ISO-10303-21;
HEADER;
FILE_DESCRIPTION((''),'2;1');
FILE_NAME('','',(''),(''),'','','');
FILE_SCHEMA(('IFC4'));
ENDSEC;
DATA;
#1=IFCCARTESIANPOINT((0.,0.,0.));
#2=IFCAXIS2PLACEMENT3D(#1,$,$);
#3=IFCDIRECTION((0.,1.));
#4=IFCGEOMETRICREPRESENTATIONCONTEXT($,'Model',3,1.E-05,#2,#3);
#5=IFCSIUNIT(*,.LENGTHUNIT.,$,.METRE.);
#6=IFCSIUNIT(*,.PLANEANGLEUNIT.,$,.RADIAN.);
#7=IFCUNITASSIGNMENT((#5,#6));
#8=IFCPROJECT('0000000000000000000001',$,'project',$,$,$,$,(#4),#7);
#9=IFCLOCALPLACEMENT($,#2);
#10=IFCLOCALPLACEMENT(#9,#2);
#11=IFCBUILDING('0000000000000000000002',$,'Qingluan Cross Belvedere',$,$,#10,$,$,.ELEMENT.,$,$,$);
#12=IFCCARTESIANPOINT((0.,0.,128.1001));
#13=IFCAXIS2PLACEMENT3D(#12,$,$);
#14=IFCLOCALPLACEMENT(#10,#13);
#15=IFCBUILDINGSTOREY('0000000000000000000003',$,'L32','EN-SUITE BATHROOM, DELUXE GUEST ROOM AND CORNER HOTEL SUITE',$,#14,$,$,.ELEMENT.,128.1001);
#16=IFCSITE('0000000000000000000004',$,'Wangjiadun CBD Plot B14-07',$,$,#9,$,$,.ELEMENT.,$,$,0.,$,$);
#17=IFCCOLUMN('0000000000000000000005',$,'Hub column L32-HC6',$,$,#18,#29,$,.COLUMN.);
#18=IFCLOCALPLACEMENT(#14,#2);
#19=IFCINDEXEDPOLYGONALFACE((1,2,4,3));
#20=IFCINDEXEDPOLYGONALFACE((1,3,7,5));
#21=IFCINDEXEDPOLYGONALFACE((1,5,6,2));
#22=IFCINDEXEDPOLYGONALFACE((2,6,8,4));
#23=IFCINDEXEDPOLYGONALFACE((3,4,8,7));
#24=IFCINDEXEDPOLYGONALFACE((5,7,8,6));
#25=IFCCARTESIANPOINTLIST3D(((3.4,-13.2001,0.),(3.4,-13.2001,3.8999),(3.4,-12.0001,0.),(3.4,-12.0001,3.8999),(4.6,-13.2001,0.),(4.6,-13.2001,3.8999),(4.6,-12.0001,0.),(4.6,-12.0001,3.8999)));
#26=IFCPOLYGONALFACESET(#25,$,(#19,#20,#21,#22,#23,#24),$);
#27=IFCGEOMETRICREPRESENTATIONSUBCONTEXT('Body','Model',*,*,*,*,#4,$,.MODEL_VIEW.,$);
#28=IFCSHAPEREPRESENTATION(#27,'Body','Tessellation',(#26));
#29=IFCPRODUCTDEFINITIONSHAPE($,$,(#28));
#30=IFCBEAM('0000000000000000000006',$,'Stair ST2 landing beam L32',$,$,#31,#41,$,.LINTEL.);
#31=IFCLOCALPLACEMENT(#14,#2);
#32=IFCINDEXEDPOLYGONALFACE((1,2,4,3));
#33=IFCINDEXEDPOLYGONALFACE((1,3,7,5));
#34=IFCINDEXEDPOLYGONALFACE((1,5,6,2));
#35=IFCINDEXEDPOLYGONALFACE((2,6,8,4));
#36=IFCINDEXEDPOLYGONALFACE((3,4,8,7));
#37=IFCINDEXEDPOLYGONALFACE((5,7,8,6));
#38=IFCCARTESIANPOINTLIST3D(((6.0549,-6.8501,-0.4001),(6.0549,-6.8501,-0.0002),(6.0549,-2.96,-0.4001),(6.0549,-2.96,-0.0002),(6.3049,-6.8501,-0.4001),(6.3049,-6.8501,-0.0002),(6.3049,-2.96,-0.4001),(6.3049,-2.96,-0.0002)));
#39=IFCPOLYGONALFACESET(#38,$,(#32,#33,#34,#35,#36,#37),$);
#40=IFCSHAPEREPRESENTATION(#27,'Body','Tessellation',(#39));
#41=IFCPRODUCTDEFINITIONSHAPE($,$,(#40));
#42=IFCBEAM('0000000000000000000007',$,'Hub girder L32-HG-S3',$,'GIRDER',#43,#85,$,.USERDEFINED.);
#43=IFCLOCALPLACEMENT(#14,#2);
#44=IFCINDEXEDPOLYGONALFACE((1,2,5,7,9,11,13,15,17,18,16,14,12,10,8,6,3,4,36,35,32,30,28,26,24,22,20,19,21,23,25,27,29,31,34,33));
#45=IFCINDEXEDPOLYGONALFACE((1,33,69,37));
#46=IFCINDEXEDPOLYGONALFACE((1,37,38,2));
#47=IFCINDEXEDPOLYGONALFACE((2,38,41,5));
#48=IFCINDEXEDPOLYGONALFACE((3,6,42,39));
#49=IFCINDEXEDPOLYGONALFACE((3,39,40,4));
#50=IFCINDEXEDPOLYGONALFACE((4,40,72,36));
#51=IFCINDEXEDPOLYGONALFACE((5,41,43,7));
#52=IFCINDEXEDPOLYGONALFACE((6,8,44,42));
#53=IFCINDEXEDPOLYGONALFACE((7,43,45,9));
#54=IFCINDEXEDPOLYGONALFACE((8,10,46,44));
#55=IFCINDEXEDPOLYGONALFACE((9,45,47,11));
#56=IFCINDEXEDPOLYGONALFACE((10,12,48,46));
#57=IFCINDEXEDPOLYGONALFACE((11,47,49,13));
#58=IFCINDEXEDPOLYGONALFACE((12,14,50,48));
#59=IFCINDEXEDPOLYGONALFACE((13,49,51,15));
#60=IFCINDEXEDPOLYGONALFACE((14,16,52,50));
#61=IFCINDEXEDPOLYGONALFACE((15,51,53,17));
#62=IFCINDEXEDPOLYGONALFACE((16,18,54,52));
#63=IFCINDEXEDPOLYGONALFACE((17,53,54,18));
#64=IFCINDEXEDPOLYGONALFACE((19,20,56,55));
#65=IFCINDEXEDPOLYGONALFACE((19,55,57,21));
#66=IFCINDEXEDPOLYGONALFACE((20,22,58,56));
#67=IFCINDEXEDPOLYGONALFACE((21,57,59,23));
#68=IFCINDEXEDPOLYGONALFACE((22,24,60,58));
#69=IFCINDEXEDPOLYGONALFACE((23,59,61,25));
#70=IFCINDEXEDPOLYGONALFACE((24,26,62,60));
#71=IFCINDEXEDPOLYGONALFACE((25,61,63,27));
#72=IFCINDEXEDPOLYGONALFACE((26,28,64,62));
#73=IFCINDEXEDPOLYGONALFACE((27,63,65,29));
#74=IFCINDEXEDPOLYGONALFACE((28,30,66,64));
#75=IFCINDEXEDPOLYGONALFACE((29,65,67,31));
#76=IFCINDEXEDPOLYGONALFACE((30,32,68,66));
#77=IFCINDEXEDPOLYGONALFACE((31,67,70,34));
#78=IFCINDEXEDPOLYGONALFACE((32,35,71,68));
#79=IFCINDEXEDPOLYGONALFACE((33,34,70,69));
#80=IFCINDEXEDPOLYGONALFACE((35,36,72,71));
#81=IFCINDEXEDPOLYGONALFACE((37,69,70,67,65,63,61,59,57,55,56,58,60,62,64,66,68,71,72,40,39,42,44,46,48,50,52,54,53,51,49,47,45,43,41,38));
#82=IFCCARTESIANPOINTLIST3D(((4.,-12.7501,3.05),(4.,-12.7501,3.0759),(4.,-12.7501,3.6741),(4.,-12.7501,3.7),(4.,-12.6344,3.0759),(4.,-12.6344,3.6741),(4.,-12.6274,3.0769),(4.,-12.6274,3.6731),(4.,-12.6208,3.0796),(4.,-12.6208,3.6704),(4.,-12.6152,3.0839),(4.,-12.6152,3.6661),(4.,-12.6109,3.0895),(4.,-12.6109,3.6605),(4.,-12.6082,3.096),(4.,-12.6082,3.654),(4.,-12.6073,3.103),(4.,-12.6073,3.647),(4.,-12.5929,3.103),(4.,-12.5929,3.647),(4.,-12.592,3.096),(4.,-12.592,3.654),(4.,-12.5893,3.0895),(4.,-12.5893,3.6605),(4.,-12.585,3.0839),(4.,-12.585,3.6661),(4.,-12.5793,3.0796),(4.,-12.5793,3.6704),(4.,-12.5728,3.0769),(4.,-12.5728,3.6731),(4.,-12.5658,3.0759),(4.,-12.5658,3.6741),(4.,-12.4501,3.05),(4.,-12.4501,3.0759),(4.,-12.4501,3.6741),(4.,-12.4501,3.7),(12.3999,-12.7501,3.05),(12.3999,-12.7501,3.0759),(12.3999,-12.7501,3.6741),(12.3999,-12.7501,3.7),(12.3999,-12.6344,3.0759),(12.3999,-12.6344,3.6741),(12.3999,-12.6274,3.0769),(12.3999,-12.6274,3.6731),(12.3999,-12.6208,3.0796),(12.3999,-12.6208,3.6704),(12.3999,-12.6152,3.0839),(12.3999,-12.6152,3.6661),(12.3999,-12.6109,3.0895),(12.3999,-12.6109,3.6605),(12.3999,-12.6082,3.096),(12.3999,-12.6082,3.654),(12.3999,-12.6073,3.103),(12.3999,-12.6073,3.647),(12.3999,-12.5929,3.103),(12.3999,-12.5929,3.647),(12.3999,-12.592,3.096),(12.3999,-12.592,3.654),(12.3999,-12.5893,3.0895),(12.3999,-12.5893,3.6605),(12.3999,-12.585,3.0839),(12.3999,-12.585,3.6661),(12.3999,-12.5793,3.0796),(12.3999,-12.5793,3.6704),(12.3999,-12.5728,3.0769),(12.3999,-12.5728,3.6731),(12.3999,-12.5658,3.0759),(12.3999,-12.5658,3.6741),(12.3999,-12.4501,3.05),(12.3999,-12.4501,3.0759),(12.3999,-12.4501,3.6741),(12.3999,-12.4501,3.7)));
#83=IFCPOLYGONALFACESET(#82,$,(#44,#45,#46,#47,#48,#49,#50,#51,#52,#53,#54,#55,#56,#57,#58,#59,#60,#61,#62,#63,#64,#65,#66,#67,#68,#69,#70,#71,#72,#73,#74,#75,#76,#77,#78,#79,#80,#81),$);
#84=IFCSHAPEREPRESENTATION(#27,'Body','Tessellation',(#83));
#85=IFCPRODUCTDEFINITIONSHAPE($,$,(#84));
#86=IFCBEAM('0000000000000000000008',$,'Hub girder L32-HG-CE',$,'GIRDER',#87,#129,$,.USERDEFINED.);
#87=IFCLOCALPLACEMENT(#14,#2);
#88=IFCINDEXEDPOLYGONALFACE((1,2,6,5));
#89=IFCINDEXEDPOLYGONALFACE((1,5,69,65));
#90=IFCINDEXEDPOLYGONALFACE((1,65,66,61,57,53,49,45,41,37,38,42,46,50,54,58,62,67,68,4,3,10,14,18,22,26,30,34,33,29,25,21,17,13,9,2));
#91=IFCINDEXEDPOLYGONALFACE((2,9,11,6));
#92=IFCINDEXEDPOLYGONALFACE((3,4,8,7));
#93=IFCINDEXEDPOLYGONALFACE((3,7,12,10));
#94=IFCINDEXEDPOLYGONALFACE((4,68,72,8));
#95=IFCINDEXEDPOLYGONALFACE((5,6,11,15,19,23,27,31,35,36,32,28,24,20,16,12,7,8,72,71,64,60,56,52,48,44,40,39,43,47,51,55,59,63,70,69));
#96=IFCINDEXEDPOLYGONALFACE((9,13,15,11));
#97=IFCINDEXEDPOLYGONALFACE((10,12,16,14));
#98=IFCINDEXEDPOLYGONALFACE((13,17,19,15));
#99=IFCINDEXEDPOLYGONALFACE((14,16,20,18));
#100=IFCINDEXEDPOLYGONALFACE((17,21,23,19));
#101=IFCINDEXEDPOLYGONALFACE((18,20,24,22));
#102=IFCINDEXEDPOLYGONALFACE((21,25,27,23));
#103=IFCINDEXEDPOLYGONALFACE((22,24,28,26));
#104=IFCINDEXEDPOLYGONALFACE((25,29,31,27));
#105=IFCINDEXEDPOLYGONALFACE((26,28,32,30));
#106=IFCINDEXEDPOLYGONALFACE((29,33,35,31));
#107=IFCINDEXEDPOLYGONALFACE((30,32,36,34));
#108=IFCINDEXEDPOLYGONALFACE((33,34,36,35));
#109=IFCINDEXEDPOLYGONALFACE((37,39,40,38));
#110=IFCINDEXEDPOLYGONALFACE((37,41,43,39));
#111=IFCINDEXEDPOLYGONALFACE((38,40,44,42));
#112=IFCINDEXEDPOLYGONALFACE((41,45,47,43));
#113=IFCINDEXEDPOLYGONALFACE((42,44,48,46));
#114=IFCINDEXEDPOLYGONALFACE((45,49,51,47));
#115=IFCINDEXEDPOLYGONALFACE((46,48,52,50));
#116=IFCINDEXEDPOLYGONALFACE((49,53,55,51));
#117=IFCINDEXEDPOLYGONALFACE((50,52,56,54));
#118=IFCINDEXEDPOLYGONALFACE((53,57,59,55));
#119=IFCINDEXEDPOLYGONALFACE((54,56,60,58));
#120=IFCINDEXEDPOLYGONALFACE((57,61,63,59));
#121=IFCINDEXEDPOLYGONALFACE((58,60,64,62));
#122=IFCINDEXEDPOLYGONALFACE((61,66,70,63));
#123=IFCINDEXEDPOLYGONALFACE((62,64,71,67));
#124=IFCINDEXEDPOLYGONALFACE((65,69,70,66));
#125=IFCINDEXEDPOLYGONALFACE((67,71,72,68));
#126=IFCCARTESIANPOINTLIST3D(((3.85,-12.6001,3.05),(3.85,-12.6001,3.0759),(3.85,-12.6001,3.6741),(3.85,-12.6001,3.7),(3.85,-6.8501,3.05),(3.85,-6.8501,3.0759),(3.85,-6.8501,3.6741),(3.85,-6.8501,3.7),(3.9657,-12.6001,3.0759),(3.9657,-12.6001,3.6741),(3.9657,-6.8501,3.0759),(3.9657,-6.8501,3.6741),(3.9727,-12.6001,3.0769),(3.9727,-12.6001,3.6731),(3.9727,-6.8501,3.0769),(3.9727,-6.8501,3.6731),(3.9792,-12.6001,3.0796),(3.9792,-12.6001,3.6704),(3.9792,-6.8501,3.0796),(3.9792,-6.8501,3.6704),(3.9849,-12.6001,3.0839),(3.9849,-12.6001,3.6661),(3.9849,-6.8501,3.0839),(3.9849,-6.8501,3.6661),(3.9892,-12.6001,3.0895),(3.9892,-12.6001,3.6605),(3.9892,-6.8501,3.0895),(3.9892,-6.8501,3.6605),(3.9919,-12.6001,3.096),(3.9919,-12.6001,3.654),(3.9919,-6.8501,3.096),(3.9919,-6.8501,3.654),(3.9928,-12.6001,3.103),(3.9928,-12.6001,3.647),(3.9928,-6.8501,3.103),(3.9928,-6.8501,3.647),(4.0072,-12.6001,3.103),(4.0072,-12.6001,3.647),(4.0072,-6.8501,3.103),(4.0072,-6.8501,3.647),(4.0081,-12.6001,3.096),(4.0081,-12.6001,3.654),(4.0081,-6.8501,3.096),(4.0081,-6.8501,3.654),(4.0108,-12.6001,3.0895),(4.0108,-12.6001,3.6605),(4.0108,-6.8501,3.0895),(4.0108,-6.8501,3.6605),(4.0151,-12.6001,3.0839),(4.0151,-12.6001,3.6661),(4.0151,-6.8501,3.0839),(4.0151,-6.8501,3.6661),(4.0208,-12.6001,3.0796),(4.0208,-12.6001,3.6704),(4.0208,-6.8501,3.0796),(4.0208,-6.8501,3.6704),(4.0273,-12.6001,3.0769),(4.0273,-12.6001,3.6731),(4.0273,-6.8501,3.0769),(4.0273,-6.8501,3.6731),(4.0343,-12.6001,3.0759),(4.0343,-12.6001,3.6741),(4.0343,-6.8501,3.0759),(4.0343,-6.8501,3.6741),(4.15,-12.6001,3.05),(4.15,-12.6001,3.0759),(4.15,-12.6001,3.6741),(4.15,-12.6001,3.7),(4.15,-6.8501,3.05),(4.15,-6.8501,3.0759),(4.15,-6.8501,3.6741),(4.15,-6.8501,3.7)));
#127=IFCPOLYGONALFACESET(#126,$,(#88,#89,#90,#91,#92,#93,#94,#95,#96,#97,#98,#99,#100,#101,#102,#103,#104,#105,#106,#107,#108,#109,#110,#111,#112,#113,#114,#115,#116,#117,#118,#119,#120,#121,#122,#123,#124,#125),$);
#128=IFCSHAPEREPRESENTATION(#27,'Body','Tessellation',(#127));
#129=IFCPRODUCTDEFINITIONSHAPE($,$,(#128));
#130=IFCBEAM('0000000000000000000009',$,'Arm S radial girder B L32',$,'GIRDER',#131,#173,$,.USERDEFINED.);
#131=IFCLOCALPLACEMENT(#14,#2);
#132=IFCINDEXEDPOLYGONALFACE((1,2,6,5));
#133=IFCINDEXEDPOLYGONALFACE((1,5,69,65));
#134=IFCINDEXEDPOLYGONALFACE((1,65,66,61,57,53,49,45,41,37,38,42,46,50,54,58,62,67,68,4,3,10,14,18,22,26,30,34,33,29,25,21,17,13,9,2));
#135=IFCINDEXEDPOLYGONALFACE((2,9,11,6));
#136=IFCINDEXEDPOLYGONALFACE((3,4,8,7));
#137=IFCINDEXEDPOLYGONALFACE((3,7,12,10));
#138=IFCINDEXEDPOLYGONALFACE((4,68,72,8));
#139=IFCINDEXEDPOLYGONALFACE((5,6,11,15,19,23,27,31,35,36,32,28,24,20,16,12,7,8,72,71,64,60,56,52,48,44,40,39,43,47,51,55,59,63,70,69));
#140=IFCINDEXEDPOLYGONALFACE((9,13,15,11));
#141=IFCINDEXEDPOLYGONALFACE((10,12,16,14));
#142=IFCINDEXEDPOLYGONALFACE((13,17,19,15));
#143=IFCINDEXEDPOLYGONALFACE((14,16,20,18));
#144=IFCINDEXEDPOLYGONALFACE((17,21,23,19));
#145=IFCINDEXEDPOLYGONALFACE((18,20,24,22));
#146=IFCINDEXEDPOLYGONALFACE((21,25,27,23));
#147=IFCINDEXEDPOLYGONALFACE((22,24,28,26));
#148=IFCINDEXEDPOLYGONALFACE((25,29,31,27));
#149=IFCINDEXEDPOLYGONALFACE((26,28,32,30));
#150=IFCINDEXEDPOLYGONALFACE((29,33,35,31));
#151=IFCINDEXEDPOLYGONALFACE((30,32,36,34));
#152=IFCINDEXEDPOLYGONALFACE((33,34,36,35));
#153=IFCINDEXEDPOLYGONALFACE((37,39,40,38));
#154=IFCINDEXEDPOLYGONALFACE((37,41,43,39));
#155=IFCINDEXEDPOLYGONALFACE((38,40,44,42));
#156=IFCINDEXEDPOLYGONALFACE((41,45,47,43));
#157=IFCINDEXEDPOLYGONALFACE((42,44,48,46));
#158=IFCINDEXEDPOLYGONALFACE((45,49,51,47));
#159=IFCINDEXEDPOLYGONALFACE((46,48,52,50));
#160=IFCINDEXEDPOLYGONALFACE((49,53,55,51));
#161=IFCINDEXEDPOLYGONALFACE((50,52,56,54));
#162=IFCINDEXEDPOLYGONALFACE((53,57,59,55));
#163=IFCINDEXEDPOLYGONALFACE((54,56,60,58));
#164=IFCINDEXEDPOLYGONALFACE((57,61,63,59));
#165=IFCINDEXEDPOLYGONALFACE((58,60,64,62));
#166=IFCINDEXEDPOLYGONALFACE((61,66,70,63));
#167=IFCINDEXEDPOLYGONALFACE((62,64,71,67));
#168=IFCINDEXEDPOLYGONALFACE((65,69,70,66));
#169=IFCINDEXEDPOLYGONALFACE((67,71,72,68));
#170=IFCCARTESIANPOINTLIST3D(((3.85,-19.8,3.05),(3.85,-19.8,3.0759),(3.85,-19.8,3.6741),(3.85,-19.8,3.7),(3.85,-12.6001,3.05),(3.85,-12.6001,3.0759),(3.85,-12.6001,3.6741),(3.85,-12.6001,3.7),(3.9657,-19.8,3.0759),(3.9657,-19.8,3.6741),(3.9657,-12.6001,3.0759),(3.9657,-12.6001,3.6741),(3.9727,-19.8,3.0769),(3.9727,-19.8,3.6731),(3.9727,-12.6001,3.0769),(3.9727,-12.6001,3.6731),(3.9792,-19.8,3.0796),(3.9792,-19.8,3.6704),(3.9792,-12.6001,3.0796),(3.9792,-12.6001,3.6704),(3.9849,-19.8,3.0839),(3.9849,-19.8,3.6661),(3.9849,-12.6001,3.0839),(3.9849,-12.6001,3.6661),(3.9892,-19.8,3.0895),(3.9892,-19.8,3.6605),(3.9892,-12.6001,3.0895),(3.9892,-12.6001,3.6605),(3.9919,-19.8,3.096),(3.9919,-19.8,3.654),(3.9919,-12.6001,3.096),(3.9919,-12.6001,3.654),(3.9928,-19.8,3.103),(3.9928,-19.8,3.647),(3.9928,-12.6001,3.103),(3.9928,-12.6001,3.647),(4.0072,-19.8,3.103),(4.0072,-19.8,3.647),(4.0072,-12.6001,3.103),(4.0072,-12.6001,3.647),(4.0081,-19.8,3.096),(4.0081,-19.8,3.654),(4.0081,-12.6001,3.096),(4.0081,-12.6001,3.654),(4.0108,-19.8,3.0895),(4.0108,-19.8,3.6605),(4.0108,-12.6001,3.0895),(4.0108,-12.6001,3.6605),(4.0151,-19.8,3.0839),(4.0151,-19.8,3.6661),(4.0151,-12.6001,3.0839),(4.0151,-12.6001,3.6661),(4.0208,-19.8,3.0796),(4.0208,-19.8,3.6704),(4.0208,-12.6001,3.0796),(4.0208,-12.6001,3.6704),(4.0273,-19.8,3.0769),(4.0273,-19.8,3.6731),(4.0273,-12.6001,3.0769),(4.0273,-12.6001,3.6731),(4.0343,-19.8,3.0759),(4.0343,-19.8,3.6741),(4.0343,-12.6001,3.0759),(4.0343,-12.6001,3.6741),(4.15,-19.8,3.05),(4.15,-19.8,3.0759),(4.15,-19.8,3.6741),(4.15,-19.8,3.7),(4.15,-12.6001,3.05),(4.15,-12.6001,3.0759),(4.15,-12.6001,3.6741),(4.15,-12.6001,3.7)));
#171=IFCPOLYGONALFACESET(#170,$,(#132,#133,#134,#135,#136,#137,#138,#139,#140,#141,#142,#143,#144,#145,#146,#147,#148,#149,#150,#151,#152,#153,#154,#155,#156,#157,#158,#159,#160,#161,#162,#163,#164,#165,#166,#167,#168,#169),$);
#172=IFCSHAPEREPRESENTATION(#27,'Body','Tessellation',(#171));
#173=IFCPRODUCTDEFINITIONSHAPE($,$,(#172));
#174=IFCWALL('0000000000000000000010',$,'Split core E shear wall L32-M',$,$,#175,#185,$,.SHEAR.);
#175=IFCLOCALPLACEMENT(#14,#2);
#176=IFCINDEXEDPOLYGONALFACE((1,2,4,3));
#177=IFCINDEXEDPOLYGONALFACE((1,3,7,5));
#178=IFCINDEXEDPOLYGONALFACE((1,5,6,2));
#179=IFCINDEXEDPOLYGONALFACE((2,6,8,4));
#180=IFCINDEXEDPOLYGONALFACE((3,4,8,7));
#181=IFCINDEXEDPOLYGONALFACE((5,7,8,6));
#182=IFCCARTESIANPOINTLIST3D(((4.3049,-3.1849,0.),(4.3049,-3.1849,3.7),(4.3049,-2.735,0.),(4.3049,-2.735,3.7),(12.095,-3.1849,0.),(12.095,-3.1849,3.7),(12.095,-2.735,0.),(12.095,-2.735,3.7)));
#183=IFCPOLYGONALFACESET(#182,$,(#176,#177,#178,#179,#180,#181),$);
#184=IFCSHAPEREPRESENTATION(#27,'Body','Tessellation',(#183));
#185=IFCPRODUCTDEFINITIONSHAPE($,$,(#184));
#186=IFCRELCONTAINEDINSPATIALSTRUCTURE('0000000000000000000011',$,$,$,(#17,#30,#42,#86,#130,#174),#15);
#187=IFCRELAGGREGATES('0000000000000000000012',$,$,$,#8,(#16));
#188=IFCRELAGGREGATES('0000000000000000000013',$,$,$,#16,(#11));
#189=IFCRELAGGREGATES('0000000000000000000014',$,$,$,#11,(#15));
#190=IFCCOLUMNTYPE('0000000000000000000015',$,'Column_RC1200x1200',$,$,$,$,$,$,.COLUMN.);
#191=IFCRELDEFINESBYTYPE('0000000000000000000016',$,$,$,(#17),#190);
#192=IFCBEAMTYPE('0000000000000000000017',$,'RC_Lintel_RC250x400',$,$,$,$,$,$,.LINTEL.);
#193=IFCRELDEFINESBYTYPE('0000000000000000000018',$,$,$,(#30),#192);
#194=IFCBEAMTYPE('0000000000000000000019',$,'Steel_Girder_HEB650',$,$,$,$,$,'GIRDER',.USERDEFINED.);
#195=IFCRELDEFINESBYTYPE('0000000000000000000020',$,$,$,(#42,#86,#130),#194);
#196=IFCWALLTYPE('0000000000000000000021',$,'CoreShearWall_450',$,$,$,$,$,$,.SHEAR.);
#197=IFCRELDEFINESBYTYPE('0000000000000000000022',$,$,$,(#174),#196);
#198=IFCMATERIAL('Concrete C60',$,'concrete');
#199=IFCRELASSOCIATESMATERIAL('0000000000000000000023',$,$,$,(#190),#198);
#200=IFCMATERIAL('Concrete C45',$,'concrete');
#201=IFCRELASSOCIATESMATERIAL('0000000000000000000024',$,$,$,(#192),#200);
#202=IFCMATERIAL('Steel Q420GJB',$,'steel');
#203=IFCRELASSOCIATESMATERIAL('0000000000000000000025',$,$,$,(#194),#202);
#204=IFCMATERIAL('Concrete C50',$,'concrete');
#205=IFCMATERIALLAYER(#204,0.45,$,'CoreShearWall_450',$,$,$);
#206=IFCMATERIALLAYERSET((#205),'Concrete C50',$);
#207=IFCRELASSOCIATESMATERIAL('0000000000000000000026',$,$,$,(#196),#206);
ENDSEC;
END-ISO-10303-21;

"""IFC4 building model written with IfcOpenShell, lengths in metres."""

from ifc_helpers import new_model, si_unit, direction, frame, frame_2d, origin, origin_2d, place, context, subcontext, project, spatial, rectangle, i_section, extrude, material, layer, layer_set, material_profile, profile_set, type_object, element, save


model = new_model("IFC4")

# Units and contexts
model_context = context("Model", 3, precision=1e-05, world=origin(), true_north=direction((0.0, 1.0)))
body_context = subcontext(model_context, "Body", "Model", "MODEL_VIEW")
ifc_project = project(units=[si_unit("LENGTHUNIT", "METRE"), si_unit("PLANEANGLEUNIT", "RADIAN")], contexts=[model_context])

# Site, building, storey
site_placement = place(None, origin())
site = spatial("IfcSite", under=ifc_project, at=site_placement, Name="Wangjiadun CBD Plot B14-07", CompositionType="ELEMENT", RefElevation=0.0)
building_placement = place(site_placement, origin())
building = spatial("IfcBuilding", under=site, at=building_placement, Name="Qingluan Cross Belvedere", CompositionType="ELEMENT")
storey_placement = place(building_placement, frame((0.0, 0.0, 128.1001)))
storey = spatial("IfcBuildingStorey", under=building, at=storey_placement, Name="L32", Description="EN-SUITE BATHROOM, DELUXE GUEST ROOM AND CORNER HOTEL SUITE", CompositionType="ELEMENT", Elevation=128.1001)

# Column
ifc_material_1 = material(Name="Concrete C60", Category="concrete")
ifc_material_profile_1 = material_profile(ifc_material_1, rectangle(XDim=1.2, YDim=1.2, at=origin_2d()), Name="RC1200x1200")
ifc_profile_set_1 = profile_set([ifc_material_profile_1], Name="Concrete C60")
column_type = type_object("IfcColumnType", Name="Column_RC1200x1200", PredefinedType="COLUMN", material=ifc_profile_set_1)
column_placement = place(storey_placement, frame((4.0, -12.6001, 0.0), z_axis=(0.0, 0.0, 1.0), x_axis=(1.0, 0.0, 0.0)))
element("IfcColumn", 1, at=column_placement, inside=storey, type_object=column_type, Name="Hub column L32-HC6", PredefinedType="COLUMN", context=body_context, shape_type="SweptSolid", body=[
    extrude(rectangle(XDim=1.2, YDim=1.2, at=origin_2d()), origin(), (0.0, 0.0, 1.0), 3.8999),
])

# Beams
ifc_material_2 = material(Name="Concrete C45", Category="concrete")
ifc_material_profile_2 = material_profile(ifc_material_2, rectangle(XDim=0.25, YDim=0.3999, at=origin_2d()), Name="RC250x400")
ifc_profile_set_2 = profile_set([ifc_material_profile_2], Name="Concrete C45")
beam_type_1 = type_object("IfcBeamType", Name="RC_Lintel_RC250x400", PredefinedType="LINTEL", material=ifc_profile_set_2)
beam_1_placement = place(storey_placement, frame((6.1799, -6.8501, -0.2002), z_axis=(0.0, 1.0, 0.0), x_axis=(-1.0, 0.0, 0.0)))
element("IfcBeam", 2, at=beam_1_placement, inside=storey, type_object=beam_type_1, Name="Stair ST2 landing beam L32", PredefinedType="LINTEL", context=body_context, shape_type="SweptSolid", body=[
    extrude(rectangle(XDim=0.25, YDim=0.3999, at=origin_2d()), origin(), (0.0, 0.0, 1.0), 3.8901),
])
ifc_material_3 = material(Name="Steel Q420GJB", Category="steel")
ifc_material_profile_3 = material_profile(ifc_material_3, i_section(OverallWidth=0.3, OverallDepth=0.6499, WebThickness=0.0144, FlangeThickness=0.0259, FilletRadius=0.0271, at=origin_2d()), Name="HEB650")
ifc_profile_set_3 = profile_set([ifc_material_profile_3], Name="Steel Q420GJB")
beam_type_2 = type_object("IfcBeamType", Name="Steel_Girder_HEB650", ElementType="GIRDER", PredefinedType="USERDEFINED", material=ifc_profile_set_3)
beam_2_placement = place(storey_placement, frame((4.0, -12.6001, 3.375), z_axis=(1.0, 0.0, 0.0), x_axis=(0.0, 1.0, 0.0)))
element("IfcBeam", 3, at=beam_2_placement, inside=storey, type_object=beam_type_2, Name="Hub girder L32-HG-S3", ObjectType="GIRDER", PredefinedType="USERDEFINED", context=body_context, shape_type="SweptSolid", body=[
    extrude(i_section(OverallWidth=0.3, OverallDepth=0.6499, WebThickness=0.0144, FlangeThickness=0.0259, FilletRadius=0.0271, at=origin_2d()), origin(), (0.0, 0.0, 1.0), 8.3999),
])
beam_3_placement = place(storey_placement, frame((4.0, -12.6001, 3.375), z_axis=(0.0, 1.0, 0.0), x_axis=(-1.0, 0.0, 0.0)))
element("IfcBeam", 4, at=beam_3_placement, inside=storey, type_object=beam_type_2, Name="Hub girder L32-HG-CE", ObjectType="GIRDER", PredefinedType="USERDEFINED", context=body_context, shape_type="SweptSolid", body=[
    extrude(i_section(OverallWidth=0.3, OverallDepth=0.6499, WebThickness=0.0144, FlangeThickness=0.0259, FilletRadius=0.0271, at=origin_2d()), origin(), (0.0, 0.0, 1.0), 5.75),
])
beam_4_placement = place(storey_placement, frame((4.0, -12.6001, 3.375), z_axis=(0.0, -1.0, 0.0), x_axis=(1.0, 0.0, 0.0)))
element("IfcBeam", 5, at=beam_4_placement, inside=storey, type_object=beam_type_2, Name="Arm S radial girder B L32", ObjectType="GIRDER", PredefinedType="USERDEFINED", context=body_context, shape_type="SweptSolid", body=[
    extrude(i_section(OverallWidth=0.3, OverallDepth=0.6499, WebThickness=0.0144, FlangeThickness=0.0259, FilletRadius=0.0271, at=origin_2d()), origin(), (0.0, 0.0, 1.0), 7.2),
])

# Wall
ifc_material_4 = material(Name="Concrete C50", Category="concrete")
ifc_layer_1 = layer(ifc_material_4, 0.45, Name="CoreShearWall_450")
ifc_layer_set_1 = layer_set([ifc_layer_1], Name="Concrete C50")
wall_type_1 = type_object("IfcWallType", Name="CoreShearWall_450", PredefinedType="SHEAR", material=ifc_layer_set_1)
wall_1_placement = place(storey_placement, frame((4.3049, -2.96, 0.0), z_axis=(0.0, 0.0, 1.0), x_axis=(1.0, 0.0, 0.0)))
element("IfcWall", 6, at=wall_1_placement, inside=storey, type_object=wall_type_1, Name="Split core E shear wall L32-M", PredefinedType="SHEAR", context=body_context, shape_type="SweptSolid", body=[
    extrude(rectangle(XDim=7.79, YDim=0.45, at=frame_2d((3.895, 0.0))), origin(), (0.0, 0.0, 1.0), 3.7),
])

save(model, "model.ifc")
